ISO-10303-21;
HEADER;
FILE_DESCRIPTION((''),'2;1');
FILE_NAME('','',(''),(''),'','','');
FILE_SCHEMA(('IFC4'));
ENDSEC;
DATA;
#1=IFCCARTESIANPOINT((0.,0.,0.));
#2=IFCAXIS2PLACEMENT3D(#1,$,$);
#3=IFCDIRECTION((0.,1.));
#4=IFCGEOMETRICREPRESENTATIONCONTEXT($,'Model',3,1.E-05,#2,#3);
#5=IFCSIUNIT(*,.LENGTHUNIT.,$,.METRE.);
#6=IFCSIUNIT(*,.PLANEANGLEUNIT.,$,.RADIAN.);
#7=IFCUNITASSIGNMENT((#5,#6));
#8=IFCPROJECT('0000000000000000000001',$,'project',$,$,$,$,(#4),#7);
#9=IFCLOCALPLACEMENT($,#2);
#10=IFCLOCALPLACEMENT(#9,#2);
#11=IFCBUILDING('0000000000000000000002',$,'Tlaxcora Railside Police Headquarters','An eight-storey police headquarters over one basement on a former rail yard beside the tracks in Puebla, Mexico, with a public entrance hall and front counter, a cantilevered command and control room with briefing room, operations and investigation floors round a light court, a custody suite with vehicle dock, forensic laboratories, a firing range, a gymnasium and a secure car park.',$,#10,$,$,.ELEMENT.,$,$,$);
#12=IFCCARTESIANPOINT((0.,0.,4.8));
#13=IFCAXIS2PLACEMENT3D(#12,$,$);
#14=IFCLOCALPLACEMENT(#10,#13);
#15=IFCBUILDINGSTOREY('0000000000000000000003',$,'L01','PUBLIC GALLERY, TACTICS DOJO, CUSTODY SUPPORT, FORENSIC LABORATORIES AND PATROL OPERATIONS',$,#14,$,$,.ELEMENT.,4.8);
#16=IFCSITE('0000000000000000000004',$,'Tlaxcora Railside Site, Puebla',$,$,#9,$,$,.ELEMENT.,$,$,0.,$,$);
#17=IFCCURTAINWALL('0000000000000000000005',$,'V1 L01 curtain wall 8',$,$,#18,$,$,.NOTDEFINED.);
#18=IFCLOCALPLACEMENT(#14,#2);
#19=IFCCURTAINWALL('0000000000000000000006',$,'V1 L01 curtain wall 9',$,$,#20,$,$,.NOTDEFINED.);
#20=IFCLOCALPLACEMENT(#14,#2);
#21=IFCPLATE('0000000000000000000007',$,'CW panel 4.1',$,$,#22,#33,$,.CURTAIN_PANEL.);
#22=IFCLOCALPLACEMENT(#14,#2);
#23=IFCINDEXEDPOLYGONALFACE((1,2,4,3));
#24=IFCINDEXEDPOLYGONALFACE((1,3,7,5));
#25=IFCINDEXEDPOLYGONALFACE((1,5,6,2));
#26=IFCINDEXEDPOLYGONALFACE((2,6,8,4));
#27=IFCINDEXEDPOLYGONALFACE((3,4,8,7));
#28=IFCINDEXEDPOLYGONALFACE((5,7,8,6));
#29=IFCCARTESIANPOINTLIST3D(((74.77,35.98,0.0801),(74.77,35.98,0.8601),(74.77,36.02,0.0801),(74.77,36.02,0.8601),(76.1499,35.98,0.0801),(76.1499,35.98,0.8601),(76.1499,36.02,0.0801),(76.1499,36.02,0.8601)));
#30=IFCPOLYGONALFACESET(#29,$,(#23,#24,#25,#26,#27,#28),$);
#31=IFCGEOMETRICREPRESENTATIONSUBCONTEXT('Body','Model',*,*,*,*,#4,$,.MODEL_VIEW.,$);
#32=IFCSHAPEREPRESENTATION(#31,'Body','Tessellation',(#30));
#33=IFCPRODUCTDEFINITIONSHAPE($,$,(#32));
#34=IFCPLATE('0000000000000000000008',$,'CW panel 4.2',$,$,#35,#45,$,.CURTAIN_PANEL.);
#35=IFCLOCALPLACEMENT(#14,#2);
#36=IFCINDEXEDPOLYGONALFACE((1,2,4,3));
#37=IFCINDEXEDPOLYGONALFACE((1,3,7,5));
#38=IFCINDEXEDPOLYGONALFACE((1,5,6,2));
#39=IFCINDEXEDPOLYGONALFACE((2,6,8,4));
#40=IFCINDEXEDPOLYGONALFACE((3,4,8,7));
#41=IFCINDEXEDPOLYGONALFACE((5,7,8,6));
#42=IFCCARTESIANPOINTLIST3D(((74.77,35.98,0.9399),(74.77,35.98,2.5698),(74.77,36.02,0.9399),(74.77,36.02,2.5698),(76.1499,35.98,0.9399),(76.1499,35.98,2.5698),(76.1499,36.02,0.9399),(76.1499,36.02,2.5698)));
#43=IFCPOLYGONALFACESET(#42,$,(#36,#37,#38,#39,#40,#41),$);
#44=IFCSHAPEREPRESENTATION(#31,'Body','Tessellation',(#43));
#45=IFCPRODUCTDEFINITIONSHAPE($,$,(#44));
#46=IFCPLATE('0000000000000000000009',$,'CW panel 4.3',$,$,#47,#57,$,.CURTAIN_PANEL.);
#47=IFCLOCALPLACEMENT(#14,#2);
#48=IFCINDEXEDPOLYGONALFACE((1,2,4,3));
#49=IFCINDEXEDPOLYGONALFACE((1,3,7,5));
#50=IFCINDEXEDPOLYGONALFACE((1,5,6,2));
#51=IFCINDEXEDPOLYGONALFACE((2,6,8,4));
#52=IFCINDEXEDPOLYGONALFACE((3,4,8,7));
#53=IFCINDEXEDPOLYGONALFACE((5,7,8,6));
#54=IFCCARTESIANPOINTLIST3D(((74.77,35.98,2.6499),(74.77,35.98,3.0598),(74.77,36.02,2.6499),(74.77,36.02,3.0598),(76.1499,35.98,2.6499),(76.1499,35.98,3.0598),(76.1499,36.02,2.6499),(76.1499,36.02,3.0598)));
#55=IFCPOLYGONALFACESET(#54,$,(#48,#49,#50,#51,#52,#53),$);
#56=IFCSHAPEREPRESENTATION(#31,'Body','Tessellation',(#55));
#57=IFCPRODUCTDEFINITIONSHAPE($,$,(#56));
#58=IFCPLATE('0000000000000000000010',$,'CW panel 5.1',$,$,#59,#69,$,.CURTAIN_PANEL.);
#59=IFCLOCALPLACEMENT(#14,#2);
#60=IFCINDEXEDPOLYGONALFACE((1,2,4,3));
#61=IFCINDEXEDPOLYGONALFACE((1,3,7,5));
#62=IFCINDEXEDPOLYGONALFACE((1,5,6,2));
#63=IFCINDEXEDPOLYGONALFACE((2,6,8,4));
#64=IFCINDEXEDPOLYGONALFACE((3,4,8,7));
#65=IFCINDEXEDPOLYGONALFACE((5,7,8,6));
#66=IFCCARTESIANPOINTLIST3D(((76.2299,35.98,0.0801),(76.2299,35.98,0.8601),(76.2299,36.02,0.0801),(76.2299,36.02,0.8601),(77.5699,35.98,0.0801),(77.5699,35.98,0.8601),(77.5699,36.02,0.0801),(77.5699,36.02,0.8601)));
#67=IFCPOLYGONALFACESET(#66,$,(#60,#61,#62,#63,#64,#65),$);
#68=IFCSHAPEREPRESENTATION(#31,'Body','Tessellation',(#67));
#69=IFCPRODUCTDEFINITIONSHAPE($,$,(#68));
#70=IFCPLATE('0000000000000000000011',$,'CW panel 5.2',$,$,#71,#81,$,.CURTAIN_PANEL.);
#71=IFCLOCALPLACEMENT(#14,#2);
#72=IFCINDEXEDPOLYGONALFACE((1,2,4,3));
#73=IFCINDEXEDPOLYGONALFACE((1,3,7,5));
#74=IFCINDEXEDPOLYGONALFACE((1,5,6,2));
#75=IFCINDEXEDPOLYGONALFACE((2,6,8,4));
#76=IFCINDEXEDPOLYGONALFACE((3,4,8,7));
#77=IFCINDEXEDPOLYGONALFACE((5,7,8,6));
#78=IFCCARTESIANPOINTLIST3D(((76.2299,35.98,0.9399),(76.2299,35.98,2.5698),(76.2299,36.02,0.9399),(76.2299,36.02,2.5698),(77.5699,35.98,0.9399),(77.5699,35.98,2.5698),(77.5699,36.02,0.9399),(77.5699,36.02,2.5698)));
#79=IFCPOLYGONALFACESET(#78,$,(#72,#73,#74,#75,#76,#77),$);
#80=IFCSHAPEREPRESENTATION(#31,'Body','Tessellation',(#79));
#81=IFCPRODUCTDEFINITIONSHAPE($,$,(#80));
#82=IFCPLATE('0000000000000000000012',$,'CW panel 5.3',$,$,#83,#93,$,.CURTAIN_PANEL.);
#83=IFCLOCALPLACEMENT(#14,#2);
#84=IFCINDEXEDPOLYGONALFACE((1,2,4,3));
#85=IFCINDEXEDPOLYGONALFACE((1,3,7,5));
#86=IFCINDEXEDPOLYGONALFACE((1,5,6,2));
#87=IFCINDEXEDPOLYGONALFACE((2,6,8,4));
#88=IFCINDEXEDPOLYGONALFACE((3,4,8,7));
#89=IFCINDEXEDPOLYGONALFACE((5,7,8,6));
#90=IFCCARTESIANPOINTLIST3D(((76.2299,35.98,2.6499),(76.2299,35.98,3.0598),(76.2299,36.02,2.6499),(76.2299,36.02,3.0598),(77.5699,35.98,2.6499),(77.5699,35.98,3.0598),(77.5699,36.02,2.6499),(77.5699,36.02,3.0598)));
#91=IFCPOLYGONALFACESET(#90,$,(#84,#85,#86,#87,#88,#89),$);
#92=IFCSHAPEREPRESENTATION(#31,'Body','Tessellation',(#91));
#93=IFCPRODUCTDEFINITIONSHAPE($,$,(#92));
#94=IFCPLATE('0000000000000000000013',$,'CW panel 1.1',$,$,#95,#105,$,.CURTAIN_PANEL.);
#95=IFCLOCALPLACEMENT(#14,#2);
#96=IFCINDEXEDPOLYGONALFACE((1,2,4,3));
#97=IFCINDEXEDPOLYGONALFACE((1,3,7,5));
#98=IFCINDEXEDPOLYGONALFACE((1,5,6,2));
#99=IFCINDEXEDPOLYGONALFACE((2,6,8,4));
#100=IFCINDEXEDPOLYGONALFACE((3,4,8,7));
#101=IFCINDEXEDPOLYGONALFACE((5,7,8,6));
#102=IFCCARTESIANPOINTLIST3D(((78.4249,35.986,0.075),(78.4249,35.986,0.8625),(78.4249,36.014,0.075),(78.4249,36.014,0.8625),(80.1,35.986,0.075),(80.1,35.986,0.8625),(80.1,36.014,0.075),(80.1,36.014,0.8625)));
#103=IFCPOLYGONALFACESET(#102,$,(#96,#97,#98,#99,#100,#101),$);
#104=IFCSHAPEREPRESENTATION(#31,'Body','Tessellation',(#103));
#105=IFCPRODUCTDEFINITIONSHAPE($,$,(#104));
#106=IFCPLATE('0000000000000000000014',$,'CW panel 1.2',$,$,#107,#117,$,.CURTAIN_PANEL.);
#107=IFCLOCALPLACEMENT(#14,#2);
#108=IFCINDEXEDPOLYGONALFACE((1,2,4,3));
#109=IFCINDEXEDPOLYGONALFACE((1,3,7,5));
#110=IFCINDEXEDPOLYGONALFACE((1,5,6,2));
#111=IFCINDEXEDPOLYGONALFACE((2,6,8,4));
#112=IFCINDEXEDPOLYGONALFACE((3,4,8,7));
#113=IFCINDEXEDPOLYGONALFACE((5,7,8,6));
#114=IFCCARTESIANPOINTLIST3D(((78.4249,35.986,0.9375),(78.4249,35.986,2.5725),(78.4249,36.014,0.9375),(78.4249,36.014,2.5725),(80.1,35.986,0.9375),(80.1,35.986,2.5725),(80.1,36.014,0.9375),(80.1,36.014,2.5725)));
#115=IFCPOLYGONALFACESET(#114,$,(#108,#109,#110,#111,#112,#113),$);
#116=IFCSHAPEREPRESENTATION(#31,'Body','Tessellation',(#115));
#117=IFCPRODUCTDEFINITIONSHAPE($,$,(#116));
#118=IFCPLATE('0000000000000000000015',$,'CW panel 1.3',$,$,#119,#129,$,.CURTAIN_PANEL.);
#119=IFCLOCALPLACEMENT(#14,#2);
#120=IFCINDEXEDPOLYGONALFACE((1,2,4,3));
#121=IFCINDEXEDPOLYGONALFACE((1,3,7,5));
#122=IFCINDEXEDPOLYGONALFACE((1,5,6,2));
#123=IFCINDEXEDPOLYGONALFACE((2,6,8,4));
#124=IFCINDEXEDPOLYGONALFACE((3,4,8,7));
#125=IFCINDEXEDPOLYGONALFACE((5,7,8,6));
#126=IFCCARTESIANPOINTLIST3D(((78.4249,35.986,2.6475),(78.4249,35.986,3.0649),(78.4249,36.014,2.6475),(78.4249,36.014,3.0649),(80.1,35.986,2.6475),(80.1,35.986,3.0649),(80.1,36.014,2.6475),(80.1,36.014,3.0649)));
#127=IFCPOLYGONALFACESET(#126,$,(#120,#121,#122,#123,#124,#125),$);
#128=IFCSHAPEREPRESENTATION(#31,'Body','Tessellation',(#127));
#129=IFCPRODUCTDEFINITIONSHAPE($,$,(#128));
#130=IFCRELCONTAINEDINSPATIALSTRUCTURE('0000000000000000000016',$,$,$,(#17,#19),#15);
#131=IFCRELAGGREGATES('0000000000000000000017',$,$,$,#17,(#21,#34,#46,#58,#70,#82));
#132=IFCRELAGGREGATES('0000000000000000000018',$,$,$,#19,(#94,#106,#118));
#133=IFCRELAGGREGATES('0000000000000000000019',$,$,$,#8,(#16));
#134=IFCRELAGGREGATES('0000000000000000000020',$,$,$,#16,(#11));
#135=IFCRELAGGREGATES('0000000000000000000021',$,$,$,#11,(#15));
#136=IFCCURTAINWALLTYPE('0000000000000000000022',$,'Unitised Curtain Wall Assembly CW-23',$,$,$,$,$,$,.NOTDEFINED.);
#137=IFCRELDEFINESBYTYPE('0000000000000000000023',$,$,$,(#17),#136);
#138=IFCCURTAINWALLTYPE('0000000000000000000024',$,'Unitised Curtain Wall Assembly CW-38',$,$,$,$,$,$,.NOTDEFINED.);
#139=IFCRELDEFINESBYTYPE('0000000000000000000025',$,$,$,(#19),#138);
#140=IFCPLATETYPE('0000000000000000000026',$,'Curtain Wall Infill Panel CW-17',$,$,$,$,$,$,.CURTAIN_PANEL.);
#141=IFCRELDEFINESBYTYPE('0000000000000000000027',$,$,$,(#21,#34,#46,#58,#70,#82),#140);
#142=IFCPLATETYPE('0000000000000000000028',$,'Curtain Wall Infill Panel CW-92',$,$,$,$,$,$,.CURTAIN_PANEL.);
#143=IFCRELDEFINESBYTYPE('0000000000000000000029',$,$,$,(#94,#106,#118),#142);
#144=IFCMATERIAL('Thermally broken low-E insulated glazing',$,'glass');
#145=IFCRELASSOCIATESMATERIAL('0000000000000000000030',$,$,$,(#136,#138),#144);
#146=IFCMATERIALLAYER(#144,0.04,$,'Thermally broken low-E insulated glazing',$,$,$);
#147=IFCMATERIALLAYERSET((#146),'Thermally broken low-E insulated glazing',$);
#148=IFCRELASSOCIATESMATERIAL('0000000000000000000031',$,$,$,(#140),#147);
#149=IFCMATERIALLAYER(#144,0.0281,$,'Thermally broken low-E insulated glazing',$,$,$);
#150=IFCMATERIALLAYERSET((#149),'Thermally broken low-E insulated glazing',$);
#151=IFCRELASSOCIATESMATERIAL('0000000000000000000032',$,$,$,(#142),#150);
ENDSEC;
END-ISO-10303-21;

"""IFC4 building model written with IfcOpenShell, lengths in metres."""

from ifc_helpers import new_model, si_unit, direction, frame, origin, origin_2d, place, context, subcontext, project, spatial, rectangle, extrude, material, layer, layer_set, type_object, element, aggregate, save


model = new_model("IFC4")

# Units and contexts
model_context = context("Model", 3, precision=1e-05, world=origin(), true_north=direction((0.0, 1.0)))
body_context = subcontext(model_context, "Body", "Model", "MODEL_VIEW")
ifc_project = project(units=[si_unit("LENGTHUNIT", "METRE"), si_unit("PLANEANGLEUNIT", "RADIAN")], contexts=[model_context])

# Site, building, storey
site_placement = place(None, origin())
site = spatial("IfcSite", under=ifc_project, at=site_placement, Name="Tlaxcora Railside Site, Puebla", CompositionType="ELEMENT", RefElevation=0.0)
building_placement = place(site_placement, origin())
building = spatial("IfcBuilding", under=site, at=building_placement, Name="Tlaxcora Railside Police Headquarters", Description="An eight-storey police headquarters over one basement on a former rail yard beside the tracks in Puebla, Mexico, with a public entrance hall and front counter, a cantilevered command and control room with briefing room, operations and investigation floors round a light court, a custody suite with vehicle dock, forensic laboratories, a firing range, a gymnasium and a secure car park.", CompositionType="ELEMENT")
storey_placement = place(building_placement, frame((0.0, 0.0, 4.8)))
storey = spatial("IfcBuildingStorey", under=building, at=storey_placement, Name="L01", Description="PUBLIC GALLERY, TACTICS DOJO, CUSTODY SUPPORT, FORENSIC LABORATORIES AND PATROL OPERATIONS", CompositionType="ELEMENT", Elevation=4.8)

# Curtain walls
ifc_material_1 = material(Name="Thermally broken low-E insulated glazing", Category="glass")
curtain_wall_type_1 = type_object("IfcCurtainWallType", Name="Unitised Curtain Wall Assembly CW-23", PredefinedType="NOTDEFINED", material=ifc_material_1)
curtain_wall_1_placement = place(storey_placement, origin())
curtain_wall_1 = element("IfcCurtainWall", 1, at=curtain_wall_1_placement, inside=storey, type_object=curtain_wall_type_1, Name="V1 L01 curtain wall 8", PredefinedType="NOTDEFINED")
curtain_wall_type_2 = type_object("IfcCurtainWallType", Name="Unitised Curtain Wall Assembly CW-38", PredefinedType="NOTDEFINED", material=ifc_material_1)
curtain_wall_2_placement = place(storey_placement, origin())
curtain_wall_2 = element("IfcCurtainWall", 2, at=curtain_wall_2_placement, inside=storey, type_object=curtain_wall_type_2, Name="V1 L01 curtain wall 9", PredefinedType="NOTDEFINED")

# Plates
ifc_layer_1 = layer(ifc_material_1, 0.04, Name="Thermally broken low-E insulated glazing")
ifc_layer_set_1 = layer_set([ifc_layer_1], Name="Thermally broken low-E insulated glazing")
plate_type_1 = type_object("IfcPlateType", Name="Curtain Wall Infill Panel CW-17", PredefinedType="CURTAIN_PANEL", material=ifc_layer_set_1)
plate_1_placement = place(storey_placement, frame((75.46, 36.0, 0.0801), z_axis=(0.0, 0.0, 1.0), x_axis=(1.0, 0.0, 0.0)))
plate_1 = element("IfcPlate", 3, at=plate_1_placement, type_object=plate_type_1, Name="CW panel 4.1", PredefinedType="CURTAIN_PANEL", context=body_context, shape_type="SweptSolid", body=[
    extrude(rectangle(XDim=1.3799, YDim=0.04, at=origin_2d()), origin(), (0.0, 0.0, 1.0), 0.78),
])
plate_2_placement = place(storey_placement, frame((75.46, 36.0, 0.9399), z_axis=(0.0, 0.0, 1.0), x_axis=(1.0, 0.0, 0.0)))
plate_2 = element("IfcPlate", 4, at=plate_2_placement, type_object=plate_type_1, Name="CW panel 4.2", PredefinedType="CURTAIN_PANEL", context=body_context, shape_type="SweptSolid", body=[
    extrude(rectangle(XDim=1.3799, YDim=0.04, at=origin_2d()), origin(), (0.0, 0.0, 1.0), 1.6299),
])
plate_3_placement = place(storey_placement, frame((75.46, 36.0, 2.6499), z_axis=(0.0, 0.0, 1.0), x_axis=(1.0, 0.0, 0.0)))
plate_3 = element("IfcPlate", 5, at=plate_3_placement, type_object=plate_type_1, Name="CW panel 4.3", PredefinedType="CURTAIN_PANEL", context=body_context, shape_type="SweptSolid", body=[
    extrude(rectangle(XDim=1.3799, YDim=0.04, at=origin_2d()), origin(), (0.0, 0.0, 1.0), 0.4099),
])
plate_4_placement = place(storey_placement, frame((76.8999, 36.0, 0.0801), z_axis=(0.0, 0.0, 1.0), x_axis=(1.0, 0.0, 0.0)))
plate_4 = element("IfcPlate", 6, at=plate_4_placement, type_object=plate_type_1, Name="CW panel 5.1", PredefinedType="CURTAIN_PANEL", context=body_context, shape_type="SweptSolid", body=[
    extrude(rectangle(XDim=1.3401, YDim=0.04, at=origin_2d()), origin(), (0.0, 0.0, 1.0), 0.78),
])
plate_5_placement = place(storey_placement, frame((76.8999, 36.0, 0.9399), z_axis=(0.0, 0.0, 1.0), x_axis=(1.0, 0.0, 0.0)))
plate_5 = element("IfcPlate", 7, at=plate_5_placement, type_object=plate_type_1, Name="CW panel 5.2", PredefinedType="CURTAIN_PANEL", context=body_context, shape_type="SweptSolid", body=[
    extrude(rectangle(XDim=1.3401, YDim=0.04, at=origin_2d()), origin(), (0.0, 0.0, 1.0), 1.6299),
])
plate_6_placement = place(storey_placement, frame((76.8999, 36.0, 2.6499), z_axis=(0.0, 0.0, 1.0), x_axis=(1.0, 0.0, 0.0)))
plate_6 = element("IfcPlate", 8, at=plate_6_placement, type_object=plate_type_1, Name="CW panel 5.3", PredefinedType="CURTAIN_PANEL", context=body_context, shape_type="SweptSolid", body=[
    extrude(rectangle(XDim=1.3401, YDim=0.04, at=origin_2d()), origin(), (0.0, 0.0, 1.0), 0.4099),
])
aggregate(curtain_wall_1, [plate_1, plate_2, plate_3, plate_4, plate_5, plate_6])
ifc_layer_2 = layer(ifc_material_1, 0.0281, Name="Thermally broken low-E insulated glazing")
ifc_layer_set_2 = layer_set([ifc_layer_2], Name="Thermally broken low-E insulated glazing")
plate_type_2 = type_object("IfcPlateType", Name="Curtain Wall Infill Panel CW-92", PredefinedType="CURTAIN_PANEL", material=ifc_layer_set_2)
plate_7_placement = place(storey_placement, frame((79.2625, 36.0, 0.075), z_axis=(0.0, 0.0, 1.0), x_axis=(1.0, 0.0, 0.0)))
plate_7 = element("IfcPlate", 9, at=plate_7_placement, type_object=plate_type_2, Name="CW panel 1.1", PredefinedType="CURTAIN_PANEL", context=body_context, shape_type="SweptSolid", body=[
    extrude(rectangle(XDim=1.675, YDim=0.0281, at=origin_2d()), origin(), (0.0, 0.0, 1.0), 0.7876),
])
plate_8_placement = place(storey_placement, frame((79.2625, 36.0, 0.9375), z_axis=(0.0, 0.0, 1.0), x_axis=(1.0, 0.0, 0.0)))
plate_8 = element("IfcPlate", 10, at=plate_8_placement, type_object=plate_type_2, Name="CW panel 1.2", PredefinedType="CURTAIN_PANEL", context=body_context, shape_type="SweptSolid", body=[
    extrude(rectangle(XDim=1.675, YDim=0.0281, at=origin_2d()), origin(), (0.0, 0.0, 1.0), 1.635),
])
plate_9_placement = place(storey_placement, frame((79.2625, 36.0, 2.6475), z_axis=(0.0, 0.0, 1.0), x_axis=(1.0, 0.0, 0.0)))
plate_9 = element("IfcPlate", 11, at=plate_9_placement, type_object=plate_type_2, Name="CW panel 1.3", PredefinedType="CURTAIN_PANEL", context=body_context, shape_type="SweptSolid", body=[
    extrude(rectangle(XDim=1.675, YDim=0.0281, at=origin_2d()), origin(), (0.0, 0.0, 1.0), 0.4175),
])
aggregate(curtain_wall_2, [plate_7, plate_8, plate_9])

save(model, "model.ifc")
